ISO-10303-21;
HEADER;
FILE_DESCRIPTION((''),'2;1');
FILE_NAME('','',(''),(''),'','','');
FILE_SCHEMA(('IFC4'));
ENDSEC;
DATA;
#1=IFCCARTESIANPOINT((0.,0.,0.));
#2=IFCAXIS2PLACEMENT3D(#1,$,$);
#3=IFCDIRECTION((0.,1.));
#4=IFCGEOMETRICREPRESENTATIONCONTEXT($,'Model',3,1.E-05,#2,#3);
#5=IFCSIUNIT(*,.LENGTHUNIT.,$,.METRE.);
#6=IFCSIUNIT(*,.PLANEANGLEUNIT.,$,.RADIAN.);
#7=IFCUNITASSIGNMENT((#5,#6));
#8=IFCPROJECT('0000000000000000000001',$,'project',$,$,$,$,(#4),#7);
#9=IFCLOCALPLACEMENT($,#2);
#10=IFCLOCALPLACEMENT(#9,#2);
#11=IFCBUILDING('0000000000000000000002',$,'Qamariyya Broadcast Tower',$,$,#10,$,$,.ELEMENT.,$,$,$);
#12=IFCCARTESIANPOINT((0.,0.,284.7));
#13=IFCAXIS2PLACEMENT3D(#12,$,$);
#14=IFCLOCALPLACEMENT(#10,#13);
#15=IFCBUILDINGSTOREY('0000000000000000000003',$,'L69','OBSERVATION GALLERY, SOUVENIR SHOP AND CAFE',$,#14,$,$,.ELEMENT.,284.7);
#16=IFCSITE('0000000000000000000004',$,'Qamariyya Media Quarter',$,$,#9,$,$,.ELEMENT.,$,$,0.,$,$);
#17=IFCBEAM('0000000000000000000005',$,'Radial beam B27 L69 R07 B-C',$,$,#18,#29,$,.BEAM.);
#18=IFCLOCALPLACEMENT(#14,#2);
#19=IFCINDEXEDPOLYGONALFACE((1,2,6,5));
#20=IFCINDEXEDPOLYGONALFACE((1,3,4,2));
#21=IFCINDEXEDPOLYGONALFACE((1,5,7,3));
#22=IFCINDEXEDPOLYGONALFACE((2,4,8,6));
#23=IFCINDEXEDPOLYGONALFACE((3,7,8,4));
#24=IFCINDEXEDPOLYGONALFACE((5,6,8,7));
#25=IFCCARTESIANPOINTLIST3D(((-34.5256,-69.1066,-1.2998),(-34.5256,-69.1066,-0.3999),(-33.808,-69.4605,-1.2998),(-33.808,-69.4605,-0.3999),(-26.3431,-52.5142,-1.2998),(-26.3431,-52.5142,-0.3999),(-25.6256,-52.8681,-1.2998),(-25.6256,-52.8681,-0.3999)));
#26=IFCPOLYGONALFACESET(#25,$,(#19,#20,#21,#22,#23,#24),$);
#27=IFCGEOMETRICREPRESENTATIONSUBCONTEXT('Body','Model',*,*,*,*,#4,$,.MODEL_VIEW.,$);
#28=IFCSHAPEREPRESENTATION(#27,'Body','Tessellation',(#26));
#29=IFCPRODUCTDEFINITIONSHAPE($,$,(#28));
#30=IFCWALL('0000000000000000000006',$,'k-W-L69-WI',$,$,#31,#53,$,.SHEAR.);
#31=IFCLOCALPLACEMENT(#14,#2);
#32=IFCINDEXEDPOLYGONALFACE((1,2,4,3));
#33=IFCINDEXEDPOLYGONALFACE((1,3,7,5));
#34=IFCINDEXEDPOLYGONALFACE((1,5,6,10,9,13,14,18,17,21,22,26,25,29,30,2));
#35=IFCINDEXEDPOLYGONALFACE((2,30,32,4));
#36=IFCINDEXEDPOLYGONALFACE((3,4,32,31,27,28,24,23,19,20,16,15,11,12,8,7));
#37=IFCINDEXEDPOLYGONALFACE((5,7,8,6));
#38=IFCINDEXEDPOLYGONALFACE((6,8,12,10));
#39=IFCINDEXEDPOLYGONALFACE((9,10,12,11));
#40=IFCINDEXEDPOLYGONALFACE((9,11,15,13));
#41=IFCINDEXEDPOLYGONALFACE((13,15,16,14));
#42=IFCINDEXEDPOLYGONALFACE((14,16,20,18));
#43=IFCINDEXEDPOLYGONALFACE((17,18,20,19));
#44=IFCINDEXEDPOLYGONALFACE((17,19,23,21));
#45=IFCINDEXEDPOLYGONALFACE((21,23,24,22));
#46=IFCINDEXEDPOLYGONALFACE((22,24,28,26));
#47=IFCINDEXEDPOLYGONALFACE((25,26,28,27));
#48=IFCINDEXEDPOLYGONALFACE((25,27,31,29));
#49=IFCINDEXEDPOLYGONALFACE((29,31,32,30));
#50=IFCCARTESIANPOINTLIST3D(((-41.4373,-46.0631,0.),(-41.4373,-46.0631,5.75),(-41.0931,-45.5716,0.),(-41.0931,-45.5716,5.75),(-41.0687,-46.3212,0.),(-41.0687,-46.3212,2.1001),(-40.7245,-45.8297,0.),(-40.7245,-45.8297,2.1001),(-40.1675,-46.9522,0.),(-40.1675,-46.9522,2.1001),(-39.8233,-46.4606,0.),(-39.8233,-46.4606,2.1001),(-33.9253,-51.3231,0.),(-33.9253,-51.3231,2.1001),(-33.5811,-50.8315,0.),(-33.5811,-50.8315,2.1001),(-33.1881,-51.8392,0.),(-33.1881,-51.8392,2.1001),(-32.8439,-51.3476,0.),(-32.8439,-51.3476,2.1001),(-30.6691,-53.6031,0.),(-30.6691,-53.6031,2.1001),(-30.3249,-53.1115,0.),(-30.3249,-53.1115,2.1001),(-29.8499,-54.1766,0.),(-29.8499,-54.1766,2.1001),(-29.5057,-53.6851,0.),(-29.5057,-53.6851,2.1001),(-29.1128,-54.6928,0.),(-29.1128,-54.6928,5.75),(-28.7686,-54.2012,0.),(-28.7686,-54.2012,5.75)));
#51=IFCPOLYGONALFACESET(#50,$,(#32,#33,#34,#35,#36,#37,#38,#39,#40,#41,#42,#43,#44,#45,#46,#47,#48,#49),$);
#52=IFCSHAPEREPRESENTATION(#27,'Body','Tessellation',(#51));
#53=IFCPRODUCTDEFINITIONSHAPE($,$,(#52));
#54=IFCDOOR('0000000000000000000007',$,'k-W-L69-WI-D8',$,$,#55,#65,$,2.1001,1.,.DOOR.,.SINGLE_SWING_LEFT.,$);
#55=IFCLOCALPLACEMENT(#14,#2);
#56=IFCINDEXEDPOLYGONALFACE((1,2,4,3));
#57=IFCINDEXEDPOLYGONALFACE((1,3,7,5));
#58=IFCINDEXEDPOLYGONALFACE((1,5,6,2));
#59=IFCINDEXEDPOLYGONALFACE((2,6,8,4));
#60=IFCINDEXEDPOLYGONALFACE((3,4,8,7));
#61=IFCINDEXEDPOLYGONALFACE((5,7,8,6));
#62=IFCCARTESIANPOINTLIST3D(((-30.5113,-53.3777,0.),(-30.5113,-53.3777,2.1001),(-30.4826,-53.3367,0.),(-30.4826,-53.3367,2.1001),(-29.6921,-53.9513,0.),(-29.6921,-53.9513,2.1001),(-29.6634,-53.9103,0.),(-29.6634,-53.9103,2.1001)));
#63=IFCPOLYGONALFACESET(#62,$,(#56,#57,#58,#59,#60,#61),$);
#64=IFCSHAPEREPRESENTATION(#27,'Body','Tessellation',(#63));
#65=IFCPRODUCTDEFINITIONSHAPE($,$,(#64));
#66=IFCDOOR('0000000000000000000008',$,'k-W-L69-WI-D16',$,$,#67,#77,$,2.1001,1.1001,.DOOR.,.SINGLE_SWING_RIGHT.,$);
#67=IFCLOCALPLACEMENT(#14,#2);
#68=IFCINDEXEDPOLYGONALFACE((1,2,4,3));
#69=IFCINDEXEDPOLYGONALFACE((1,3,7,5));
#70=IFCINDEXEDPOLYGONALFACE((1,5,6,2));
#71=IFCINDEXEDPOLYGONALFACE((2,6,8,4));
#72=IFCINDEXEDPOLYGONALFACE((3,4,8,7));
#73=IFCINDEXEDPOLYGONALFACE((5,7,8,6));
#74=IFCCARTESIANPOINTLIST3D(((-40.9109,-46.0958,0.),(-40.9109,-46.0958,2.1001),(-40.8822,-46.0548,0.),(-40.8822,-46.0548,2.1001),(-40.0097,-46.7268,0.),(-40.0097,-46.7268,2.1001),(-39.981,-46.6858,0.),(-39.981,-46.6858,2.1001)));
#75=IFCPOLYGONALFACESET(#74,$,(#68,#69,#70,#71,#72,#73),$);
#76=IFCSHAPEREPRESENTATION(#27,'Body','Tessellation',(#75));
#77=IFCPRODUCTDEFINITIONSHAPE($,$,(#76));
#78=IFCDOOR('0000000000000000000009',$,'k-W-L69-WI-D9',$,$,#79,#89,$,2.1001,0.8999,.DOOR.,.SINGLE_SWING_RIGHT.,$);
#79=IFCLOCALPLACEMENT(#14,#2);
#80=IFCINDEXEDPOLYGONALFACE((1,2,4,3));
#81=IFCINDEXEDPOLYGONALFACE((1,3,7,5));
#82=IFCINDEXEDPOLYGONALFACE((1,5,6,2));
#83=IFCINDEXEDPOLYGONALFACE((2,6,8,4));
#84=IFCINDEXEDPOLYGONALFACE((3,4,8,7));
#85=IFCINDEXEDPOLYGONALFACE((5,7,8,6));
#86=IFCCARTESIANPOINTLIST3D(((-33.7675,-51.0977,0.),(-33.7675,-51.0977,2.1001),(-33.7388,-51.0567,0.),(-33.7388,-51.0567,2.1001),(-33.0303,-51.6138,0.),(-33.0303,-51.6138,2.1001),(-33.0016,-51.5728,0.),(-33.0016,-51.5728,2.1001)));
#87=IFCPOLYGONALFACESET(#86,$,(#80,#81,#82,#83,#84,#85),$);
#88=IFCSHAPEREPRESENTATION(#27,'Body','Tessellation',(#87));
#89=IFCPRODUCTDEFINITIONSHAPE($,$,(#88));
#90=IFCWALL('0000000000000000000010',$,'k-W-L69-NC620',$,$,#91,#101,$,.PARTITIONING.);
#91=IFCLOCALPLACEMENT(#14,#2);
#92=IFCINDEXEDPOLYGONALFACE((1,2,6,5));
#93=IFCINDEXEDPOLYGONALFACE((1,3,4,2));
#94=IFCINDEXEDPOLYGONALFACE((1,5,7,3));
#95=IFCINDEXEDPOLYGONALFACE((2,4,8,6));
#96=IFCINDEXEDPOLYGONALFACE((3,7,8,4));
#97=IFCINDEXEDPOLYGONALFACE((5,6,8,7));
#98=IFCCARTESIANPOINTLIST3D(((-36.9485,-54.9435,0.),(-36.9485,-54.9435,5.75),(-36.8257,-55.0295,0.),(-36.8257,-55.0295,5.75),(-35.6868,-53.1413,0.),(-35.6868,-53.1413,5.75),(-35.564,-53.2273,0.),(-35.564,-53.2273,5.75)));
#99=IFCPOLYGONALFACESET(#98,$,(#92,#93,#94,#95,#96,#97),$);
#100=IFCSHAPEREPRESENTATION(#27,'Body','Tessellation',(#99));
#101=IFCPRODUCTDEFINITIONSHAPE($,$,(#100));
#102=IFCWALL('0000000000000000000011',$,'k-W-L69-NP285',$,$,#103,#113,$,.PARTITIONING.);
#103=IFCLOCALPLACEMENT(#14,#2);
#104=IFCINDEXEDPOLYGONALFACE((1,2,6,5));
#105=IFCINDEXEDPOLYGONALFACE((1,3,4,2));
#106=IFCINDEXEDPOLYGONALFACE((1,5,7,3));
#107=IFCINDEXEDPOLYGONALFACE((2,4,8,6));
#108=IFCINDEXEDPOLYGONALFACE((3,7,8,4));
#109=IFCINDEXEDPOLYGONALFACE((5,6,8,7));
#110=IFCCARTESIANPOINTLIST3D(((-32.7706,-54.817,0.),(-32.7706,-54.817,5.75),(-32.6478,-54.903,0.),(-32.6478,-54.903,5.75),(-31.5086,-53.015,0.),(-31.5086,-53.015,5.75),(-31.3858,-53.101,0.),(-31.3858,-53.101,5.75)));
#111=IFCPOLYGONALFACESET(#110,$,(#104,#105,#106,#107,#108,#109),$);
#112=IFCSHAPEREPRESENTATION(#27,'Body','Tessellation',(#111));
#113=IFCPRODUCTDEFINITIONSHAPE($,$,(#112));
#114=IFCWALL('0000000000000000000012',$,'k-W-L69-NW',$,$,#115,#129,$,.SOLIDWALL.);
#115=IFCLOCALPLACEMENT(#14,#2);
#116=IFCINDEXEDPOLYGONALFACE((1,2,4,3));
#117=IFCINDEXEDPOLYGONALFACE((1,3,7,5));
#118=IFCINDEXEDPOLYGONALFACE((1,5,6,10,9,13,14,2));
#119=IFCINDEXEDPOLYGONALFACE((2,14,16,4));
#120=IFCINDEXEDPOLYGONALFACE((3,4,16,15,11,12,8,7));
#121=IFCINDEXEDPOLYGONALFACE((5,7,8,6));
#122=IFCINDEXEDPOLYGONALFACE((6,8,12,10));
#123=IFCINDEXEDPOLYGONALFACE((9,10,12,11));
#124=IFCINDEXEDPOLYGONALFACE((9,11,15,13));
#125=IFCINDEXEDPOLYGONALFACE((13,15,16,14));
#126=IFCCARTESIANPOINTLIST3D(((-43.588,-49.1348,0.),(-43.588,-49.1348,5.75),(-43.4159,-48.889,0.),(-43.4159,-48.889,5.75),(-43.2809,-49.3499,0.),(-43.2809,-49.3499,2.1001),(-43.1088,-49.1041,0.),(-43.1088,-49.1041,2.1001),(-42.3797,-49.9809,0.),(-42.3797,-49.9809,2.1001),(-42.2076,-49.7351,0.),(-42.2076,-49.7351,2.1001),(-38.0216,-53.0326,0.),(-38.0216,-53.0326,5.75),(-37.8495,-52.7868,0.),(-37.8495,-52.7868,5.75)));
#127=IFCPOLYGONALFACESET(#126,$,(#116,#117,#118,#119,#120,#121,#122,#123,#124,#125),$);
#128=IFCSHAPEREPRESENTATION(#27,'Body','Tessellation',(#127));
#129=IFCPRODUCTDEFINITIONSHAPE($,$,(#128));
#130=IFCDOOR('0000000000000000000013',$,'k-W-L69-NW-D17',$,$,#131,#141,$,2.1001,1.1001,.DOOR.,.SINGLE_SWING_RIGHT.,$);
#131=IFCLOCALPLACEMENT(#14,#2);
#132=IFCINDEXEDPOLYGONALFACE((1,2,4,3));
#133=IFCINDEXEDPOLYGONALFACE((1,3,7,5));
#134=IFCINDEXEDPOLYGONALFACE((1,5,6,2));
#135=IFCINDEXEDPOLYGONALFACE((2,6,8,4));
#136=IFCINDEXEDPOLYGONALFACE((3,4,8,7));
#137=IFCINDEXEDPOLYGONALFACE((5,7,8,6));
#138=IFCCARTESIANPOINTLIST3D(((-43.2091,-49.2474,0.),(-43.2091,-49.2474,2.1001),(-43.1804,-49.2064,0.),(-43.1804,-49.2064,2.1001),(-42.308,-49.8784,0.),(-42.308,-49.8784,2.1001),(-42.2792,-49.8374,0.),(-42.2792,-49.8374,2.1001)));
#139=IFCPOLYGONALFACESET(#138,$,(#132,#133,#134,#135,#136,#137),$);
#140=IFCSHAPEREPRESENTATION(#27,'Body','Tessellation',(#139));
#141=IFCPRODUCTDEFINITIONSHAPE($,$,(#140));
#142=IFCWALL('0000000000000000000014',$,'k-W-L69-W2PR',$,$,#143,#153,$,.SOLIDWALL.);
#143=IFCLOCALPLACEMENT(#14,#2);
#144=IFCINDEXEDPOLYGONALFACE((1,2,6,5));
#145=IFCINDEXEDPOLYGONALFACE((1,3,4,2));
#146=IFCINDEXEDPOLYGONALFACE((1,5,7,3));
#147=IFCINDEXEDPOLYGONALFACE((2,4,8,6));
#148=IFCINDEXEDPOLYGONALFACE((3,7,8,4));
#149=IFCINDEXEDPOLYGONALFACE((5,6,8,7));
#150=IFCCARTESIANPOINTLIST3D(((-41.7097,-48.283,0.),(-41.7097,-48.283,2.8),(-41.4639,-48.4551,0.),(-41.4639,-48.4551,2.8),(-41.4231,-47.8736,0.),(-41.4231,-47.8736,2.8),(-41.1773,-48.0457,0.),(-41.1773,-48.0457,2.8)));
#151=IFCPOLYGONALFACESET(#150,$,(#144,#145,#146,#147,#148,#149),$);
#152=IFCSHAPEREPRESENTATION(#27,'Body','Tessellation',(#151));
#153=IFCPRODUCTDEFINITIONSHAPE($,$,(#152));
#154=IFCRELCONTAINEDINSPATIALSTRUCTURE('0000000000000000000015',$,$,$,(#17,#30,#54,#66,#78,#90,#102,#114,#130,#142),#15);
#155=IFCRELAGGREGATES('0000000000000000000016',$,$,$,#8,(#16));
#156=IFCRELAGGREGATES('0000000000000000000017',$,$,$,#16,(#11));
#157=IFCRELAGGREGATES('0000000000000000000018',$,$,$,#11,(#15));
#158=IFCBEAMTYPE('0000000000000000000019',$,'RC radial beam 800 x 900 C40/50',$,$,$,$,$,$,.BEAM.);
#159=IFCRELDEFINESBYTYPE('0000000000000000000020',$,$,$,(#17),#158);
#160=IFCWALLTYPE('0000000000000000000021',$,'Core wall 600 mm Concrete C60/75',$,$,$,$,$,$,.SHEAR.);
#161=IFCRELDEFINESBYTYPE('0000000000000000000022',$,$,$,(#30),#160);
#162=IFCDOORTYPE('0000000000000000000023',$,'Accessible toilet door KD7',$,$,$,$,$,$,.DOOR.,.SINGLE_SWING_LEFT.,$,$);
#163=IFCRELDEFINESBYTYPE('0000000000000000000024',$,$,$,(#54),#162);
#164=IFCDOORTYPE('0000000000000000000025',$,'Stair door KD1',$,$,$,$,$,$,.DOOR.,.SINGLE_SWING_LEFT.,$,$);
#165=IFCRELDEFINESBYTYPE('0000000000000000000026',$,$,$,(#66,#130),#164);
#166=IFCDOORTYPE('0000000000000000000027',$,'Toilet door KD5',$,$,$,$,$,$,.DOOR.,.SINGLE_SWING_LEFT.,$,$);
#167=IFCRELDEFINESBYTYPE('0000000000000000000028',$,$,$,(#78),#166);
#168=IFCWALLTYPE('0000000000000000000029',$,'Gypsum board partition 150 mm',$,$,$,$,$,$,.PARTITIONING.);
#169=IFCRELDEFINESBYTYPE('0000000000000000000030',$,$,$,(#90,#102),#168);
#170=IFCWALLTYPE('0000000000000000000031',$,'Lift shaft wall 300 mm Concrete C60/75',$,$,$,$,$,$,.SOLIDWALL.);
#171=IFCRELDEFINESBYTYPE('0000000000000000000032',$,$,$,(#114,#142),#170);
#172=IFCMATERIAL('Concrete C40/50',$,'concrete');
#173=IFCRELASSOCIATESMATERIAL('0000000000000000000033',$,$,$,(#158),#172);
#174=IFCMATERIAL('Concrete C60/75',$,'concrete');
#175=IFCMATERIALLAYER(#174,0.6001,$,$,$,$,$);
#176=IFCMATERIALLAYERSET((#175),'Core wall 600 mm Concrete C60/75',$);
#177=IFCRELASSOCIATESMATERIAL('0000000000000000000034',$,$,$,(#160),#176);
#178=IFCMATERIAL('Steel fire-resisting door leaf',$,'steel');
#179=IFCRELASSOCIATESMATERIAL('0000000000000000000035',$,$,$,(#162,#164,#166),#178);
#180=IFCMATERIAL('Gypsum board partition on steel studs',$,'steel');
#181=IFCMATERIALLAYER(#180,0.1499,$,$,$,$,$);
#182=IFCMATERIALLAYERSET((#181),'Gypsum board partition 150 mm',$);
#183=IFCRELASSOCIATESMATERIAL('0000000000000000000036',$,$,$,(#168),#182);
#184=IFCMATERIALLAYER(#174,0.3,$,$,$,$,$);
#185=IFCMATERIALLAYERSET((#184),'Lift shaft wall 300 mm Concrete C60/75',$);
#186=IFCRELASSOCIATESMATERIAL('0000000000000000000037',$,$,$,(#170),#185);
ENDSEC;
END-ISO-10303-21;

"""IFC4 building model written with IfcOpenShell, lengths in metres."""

from ifc_helpers import new_model, si_unit, direction, frame, frame_2d, origin, origin_2d, place, context, subcontext, project, spatial, rectangle, extrude, material, layer, layer_set, material_profile, profile_set, type_object, element, fill, save


model = new_model("IFC4")

# Units and contexts
model_context = context("Model", 3, precision=1e-05, world=origin(), true_north=direction((0.0, 1.0)))
body_context = subcontext(model_context, "Body", "Model", "MODEL_VIEW")
ifc_project = project(units=[si_unit("LENGTHUNIT", "METRE"), si_unit("PLANEANGLEUNIT", "RADIAN")], contexts=[model_context])

# Site, building, storey
site_placement = place(None, origin())
site = spatial("IfcSite", under=ifc_project, at=site_placement, Name="Qamariyya Media Quarter", CompositionType="ELEMENT", RefElevation=0.0)
building_placement = place(site_placement, origin())
building = spatial("IfcBuilding", under=site, at=building_placement, Name="Qamariyya Broadcast Tower", CompositionType="ELEMENT")
storey_placement = place(building_placement, frame((0.0, 0.0, 284.7)))
storey = spatial("IfcBuildingStorey", under=building, at=storey_placement, Name="L69", Description="OBSERVATION GALLERY, SOUVENIR SHOP AND CAFE", CompositionType="ELEMENT", Elevation=284.7)

# Beam
ifc_material_1 = material(Name="Concrete C40/50", Category="concrete")
ifc_material_profile_1 = material_profile(ifc_material_1, rectangle(XDim=0.8, YDim=0.8999, at=origin_2d()))
ifc_profile_set_1 = profile_set([ifc_material_profile_1], Name="Concrete C40/50")
beam_type_1 = type_object("IfcBeamType", Name="RC radial beam 800 x 900 C40/50", PredefinedType="BEAM", material=ifc_profile_set_1)
beam_1_placement = place(storey_placement, frame((-25.9844, -52.6912, -0.8499), z_axis=(-0.442287, -0.896874, 0.0), x_axis=(0.896874, -0.442287, 0.0)))
element("IfcBeam", 1, at=beam_1_placement, inside=storey, type_object=beam_type_1, Name="Radial beam B27 L69 R07 B-C", PredefinedType="BEAM", context=body_context, shape_type="SweptSolid", body=[
    extrude(rectangle(XDim=0.8, YDim=0.8999, at=origin_2d()), origin(), (0.0, 0.0, 1.0), 18.5002),
])

# Wall, openings, doors
ifc_material_2 = material(Name="Concrete C60/75", Category="concrete")
ifc_layer_1 = layer(ifc_material_2, 0.6001)
ifc_layer_set_1 = layer_set([ifc_layer_1], Name="Core wall 600 mm Concrete C60/75")
wall_type_1 = type_object("IfcWallType", Name="Core wall 600 mm Concrete C60/75", PredefinedType="SHEAR", material=ifc_layer_set_1)
wall_1_placement = place(storey_placement, frame((-28.9407, -54.447, 0.0), z_axis=(0.0, 0.0, 1.0), x_axis=(-0.819153, 0.573575, 0.0)))
wall_1 = element("IfcWall", 2, at=wall_1_placement, inside=storey, type_object=wall_type_1, Name="k-W-L69-WI", PredefinedType="SHEAR", context=body_context, shape_type="SweptSolid", body=[
    extrude(rectangle(XDim=15.0454, YDim=0.6001, at=frame_2d((7.5227, 0.0))), origin(), (0.0, 0.0, 1.0), 5.75),
])
opening_1_placement = place(wall_1_placement, frame((0.8999, 0.0, 0.0)))
opening_1 = element("IfcOpeningElement", 3, at=opening_1_placement, cuts=wall_1, PredefinedType="OPENING", context=body_context, shape_type="SweptSolid", body=[
    extrude(rectangle(XDim=1.0, YDim=2.1001, at=frame_2d((0.5, 1.05))), frame((0.0, 0.3101, 0.0), z_axis=(0.0, -1.0, 0.0), x_axis=(1.0, 0.0, 0.0)), (0.0, 0.0, 1.0), 0.6201),
])
opening_2_placement = place(wall_1_placement, frame((4.9751, 0.0, 0.0)))
opening_2 = element("IfcOpeningElement", 4, at=opening_2_placement, cuts=wall_1, PredefinedType="OPENING", context=body_context, shape_type="SweptSolid", body=[
    extrude(rectangle(XDim=0.8999, YDim=2.1001, at=frame_2d((0.45, 1.05))), frame((0.0, 0.3101, 0.0), z_axis=(0.0, -1.0, 0.0), x_axis=(1.0, 0.0, 0.0)), (0.0, 0.0, 1.0), 0.6201),
])
opening_3_placement = place(wall_1_placement, frame((13.4954, 0.0, 0.0)))
opening_3 = element("IfcOpeningElement", 5, at=opening_3_placement, cuts=wall_1, PredefinedType="OPENING", context=body_context, shape_type="SweptSolid", body=[
    extrude(rectangle(XDim=1.1001, YDim=2.1001, at=frame_2d((0.55, 1.05))), frame((0.0, 0.3101, 0.0), z_axis=(0.0, -1.0, 0.0), x_axis=(1.0, 0.0, 0.0)), (0.0, 0.0, 1.0), 0.6201),
])
ifc_material_3 = material(Name="Steel fire-resisting door leaf", Category="steel")
door_type_1 = type_object("IfcDoorType", Name="Accessible toilet door KD7", OperationType="SINGLE_SWING_LEFT", PredefinedType="DOOR", material=ifc_material_3)
door_1_placement = place(opening_1_placement, origin())
door_1 = element("IfcDoor", 6, at=door_1_placement, inside=storey, type_object=door_type_1, Name="k-W-L69-WI-D8", OperationType="SINGLE_SWING_LEFT", OverallHeight=2.1001, OverallWidth=1.0, PredefinedType="DOOR", context=body_context, shape_type="SweptSolid", body=[
    extrude(rectangle(XDim=1.0, YDim=2.1001, at=frame_2d((0.5, 1.05))), frame((0.0, 0.0249, 0.0), z_axis=(0.0, -1.0, 0.0), x_axis=(1.0, 0.0, 0.0)), (0.0, 0.0, 1.0), 0.05),
])
fill(opening_1, door_1)
door_type_2 = type_object("IfcDoorType", Name="Stair door KD1", OperationType="SINGLE_SWING_LEFT", PredefinedType="DOOR", material=ifc_material_3)
door_2_placement = place(opening_3_placement, origin())
door_2 = element("IfcDoor", 7, at=door_2_placement, inside=storey, type_object=door_type_2, Name="k-W-L69-WI-D16", OperationType="SINGLE_SWING_RIGHT", OverallHeight=2.1001, OverallWidth=1.1001, PredefinedType="DOOR", context=body_context, shape_type="SweptSolid", body=[
    extrude(rectangle(XDim=1.1001, YDim=2.1001, at=frame_2d((0.55, 1.05))), frame((0.0, 0.0249, 0.0), z_axis=(0.0, -1.0, 0.0), x_axis=(1.0, 0.0, 0.0)), (0.0, 0.0, 1.0), 0.05),
])
fill(opening_3, door_2)
door_type_3 = type_object("IfcDoorType", Name="Toilet door KD5", OperationType="SINGLE_SWING_LEFT", PredefinedType="DOOR", material=ifc_material_3)
door_3_placement = place(opening_2_placement, origin())
door_3 = element("IfcDoor", 8, at=door_3_placement, inside=storey, type_object=door_type_3, Name="k-W-L69-WI-D9", OperationType="SINGLE_SWING_RIGHT", OverallHeight=2.1001, OverallWidth=0.8999, PredefinedType="DOOR", context=body_context, shape_type="SweptSolid", body=[
    extrude(rectangle(XDim=0.8999, YDim=2.1001, at=frame_2d((0.45, 1.05))), frame((0.0, 0.0249, 0.0), z_axis=(0.0, -1.0, 0.0), x_axis=(1.0, 0.0, 0.0)), (0.0, 0.0, 1.0), 0.05),
])
fill(opening_2, door_3)

# Walls
ifc_material_4 = material(Name="Gypsum board partition on steel studs", Category="steel")
ifc_layer_2 = layer(ifc_material_4, 0.1499)
ifc_layer_set_2 = layer_set([ifc_layer_2], Name="Gypsum board partition 150 mm")
wall_type_2 = type_object("IfcWallType", Name="Gypsum board partition 150 mm", PredefinedType="PARTITIONING", material=ifc_layer_set_2)
for number, where, z_axis, x_axis, name in (
    (9, (-36.8872, -54.9866, 0.0), (0.0, 0.0, 1.0), (0.573507, 0.819201, 0.0), "k-W-L69-NC620"),
    (10, (-32.7092, -54.8601, 0.0), (0.0, 0.0, 1.0), (0.573634, 0.819112, 0.0), "k-W-L69-NP285"),
):
    element("IfcWall", number, at=place(storey_placement, frame(where, z_axis=z_axis, x_axis=x_axis)), inside=storey, type_object=wall_type_2, Name=name, PredefinedType="PARTITIONING", context=body_context, shape_type="SweptSolid", body=[
        extrude(rectangle(XDim=2.2, YDim=0.1499, at=frame_2d((1.1001, 0.0))), origin(), (0.0, 0.0, 1.0), 5.75),
    ])

# Wall, opening, door
ifc_layer_3 = layer(ifc_material_2, 0.3)
ifc_layer_set_3 = layer_set([ifc_layer_3], Name="Lift shaft wall 300 mm Concrete C60/75")
wall_type_3 = type_object("IfcWallType", Name="Lift shaft wall 300 mm Concrete C60/75", PredefinedType="SOLIDWALL", material=ifc_layer_set_3)
wall_2_placement = place(storey_placement, frame((-37.9355, -52.9097, 0.0), z_axis=(0.0, 0.0, 1.0), x_axis=(-0.819148, 0.573583, 0.0)))
wall_2 = element("IfcWall", 11, at=wall_2_placement, inside=storey, type_object=wall_type_3, Name="k-W-L69-NW", PredefinedType="SOLIDWALL", context=body_context, shape_type="SweptSolid", body=[
    extrude(rectangle(XDim=6.7954, YDim=0.3, at=frame_2d((3.3977, 0.0))), origin(), (0.0, 0.0, 1.0), 5.75),
])
opening_4_placement = place(wall_2_placement, frame((5.3203, 0.0, 0.0)))
opening_4 = element("IfcOpeningElement", 12, at=opening_4_placement, cuts=wall_2, PredefinedType="OPENING", context=body_context, shape_type="SweptSolid", body=[
    extrude(rectangle(XDim=1.1001, YDim=2.1001, at=frame_2d((0.55, 1.05))), frame((0.0, 0.1599, 0.0), z_axis=(0.0, -1.0, 0.0), x_axis=(1.0, 0.0, 0.0)), (0.0, 0.0, 1.0), 0.3201),
])
door_4_placement = place(opening_4_placement, origin())
door_4 = element("IfcDoor", 13, at=door_4_placement, inside=storey, type_object=door_type_2, Name="k-W-L69-NW-D17", OperationType="SINGLE_SWING_RIGHT", OverallHeight=2.1001, OverallWidth=1.1001, PredefinedType="DOOR", context=body_context, shape_type="SweptSolid", body=[
    extrude(rectangle(XDim=1.1001, YDim=2.1001, at=frame_2d((0.55, 1.05))), frame((0.0, 0.0249, 0.0), z_axis=(0.0, -1.0, 0.0), x_axis=(1.0, 0.0, 0.0)), (0.0, 0.0, 1.0), 0.05),
])
fill(opening_4, door_4)

# Wall
wall_3_placement = place(storey_placement, frame((-41.5869, -48.3691, 0.0), z_axis=(0.0, 0.0, 1.0), x_axis=(0.573495, 0.819209, 0.0)))
element("IfcWall", 14, at=wall_3_placement, inside=storey, type_object=wall_type_3, Name="k-W-L69-W2PR", PredefinedType="SOLIDWALL", context=body_context, shape_type="SweptSolid", body=[
    extrude(rectangle(XDim=0.4998, YDim=0.3, at=frame_2d((0.25, 0.0))), origin(), (0.0, 0.0, 1.0), 2.8),
])

save(model, "model.ifc")
